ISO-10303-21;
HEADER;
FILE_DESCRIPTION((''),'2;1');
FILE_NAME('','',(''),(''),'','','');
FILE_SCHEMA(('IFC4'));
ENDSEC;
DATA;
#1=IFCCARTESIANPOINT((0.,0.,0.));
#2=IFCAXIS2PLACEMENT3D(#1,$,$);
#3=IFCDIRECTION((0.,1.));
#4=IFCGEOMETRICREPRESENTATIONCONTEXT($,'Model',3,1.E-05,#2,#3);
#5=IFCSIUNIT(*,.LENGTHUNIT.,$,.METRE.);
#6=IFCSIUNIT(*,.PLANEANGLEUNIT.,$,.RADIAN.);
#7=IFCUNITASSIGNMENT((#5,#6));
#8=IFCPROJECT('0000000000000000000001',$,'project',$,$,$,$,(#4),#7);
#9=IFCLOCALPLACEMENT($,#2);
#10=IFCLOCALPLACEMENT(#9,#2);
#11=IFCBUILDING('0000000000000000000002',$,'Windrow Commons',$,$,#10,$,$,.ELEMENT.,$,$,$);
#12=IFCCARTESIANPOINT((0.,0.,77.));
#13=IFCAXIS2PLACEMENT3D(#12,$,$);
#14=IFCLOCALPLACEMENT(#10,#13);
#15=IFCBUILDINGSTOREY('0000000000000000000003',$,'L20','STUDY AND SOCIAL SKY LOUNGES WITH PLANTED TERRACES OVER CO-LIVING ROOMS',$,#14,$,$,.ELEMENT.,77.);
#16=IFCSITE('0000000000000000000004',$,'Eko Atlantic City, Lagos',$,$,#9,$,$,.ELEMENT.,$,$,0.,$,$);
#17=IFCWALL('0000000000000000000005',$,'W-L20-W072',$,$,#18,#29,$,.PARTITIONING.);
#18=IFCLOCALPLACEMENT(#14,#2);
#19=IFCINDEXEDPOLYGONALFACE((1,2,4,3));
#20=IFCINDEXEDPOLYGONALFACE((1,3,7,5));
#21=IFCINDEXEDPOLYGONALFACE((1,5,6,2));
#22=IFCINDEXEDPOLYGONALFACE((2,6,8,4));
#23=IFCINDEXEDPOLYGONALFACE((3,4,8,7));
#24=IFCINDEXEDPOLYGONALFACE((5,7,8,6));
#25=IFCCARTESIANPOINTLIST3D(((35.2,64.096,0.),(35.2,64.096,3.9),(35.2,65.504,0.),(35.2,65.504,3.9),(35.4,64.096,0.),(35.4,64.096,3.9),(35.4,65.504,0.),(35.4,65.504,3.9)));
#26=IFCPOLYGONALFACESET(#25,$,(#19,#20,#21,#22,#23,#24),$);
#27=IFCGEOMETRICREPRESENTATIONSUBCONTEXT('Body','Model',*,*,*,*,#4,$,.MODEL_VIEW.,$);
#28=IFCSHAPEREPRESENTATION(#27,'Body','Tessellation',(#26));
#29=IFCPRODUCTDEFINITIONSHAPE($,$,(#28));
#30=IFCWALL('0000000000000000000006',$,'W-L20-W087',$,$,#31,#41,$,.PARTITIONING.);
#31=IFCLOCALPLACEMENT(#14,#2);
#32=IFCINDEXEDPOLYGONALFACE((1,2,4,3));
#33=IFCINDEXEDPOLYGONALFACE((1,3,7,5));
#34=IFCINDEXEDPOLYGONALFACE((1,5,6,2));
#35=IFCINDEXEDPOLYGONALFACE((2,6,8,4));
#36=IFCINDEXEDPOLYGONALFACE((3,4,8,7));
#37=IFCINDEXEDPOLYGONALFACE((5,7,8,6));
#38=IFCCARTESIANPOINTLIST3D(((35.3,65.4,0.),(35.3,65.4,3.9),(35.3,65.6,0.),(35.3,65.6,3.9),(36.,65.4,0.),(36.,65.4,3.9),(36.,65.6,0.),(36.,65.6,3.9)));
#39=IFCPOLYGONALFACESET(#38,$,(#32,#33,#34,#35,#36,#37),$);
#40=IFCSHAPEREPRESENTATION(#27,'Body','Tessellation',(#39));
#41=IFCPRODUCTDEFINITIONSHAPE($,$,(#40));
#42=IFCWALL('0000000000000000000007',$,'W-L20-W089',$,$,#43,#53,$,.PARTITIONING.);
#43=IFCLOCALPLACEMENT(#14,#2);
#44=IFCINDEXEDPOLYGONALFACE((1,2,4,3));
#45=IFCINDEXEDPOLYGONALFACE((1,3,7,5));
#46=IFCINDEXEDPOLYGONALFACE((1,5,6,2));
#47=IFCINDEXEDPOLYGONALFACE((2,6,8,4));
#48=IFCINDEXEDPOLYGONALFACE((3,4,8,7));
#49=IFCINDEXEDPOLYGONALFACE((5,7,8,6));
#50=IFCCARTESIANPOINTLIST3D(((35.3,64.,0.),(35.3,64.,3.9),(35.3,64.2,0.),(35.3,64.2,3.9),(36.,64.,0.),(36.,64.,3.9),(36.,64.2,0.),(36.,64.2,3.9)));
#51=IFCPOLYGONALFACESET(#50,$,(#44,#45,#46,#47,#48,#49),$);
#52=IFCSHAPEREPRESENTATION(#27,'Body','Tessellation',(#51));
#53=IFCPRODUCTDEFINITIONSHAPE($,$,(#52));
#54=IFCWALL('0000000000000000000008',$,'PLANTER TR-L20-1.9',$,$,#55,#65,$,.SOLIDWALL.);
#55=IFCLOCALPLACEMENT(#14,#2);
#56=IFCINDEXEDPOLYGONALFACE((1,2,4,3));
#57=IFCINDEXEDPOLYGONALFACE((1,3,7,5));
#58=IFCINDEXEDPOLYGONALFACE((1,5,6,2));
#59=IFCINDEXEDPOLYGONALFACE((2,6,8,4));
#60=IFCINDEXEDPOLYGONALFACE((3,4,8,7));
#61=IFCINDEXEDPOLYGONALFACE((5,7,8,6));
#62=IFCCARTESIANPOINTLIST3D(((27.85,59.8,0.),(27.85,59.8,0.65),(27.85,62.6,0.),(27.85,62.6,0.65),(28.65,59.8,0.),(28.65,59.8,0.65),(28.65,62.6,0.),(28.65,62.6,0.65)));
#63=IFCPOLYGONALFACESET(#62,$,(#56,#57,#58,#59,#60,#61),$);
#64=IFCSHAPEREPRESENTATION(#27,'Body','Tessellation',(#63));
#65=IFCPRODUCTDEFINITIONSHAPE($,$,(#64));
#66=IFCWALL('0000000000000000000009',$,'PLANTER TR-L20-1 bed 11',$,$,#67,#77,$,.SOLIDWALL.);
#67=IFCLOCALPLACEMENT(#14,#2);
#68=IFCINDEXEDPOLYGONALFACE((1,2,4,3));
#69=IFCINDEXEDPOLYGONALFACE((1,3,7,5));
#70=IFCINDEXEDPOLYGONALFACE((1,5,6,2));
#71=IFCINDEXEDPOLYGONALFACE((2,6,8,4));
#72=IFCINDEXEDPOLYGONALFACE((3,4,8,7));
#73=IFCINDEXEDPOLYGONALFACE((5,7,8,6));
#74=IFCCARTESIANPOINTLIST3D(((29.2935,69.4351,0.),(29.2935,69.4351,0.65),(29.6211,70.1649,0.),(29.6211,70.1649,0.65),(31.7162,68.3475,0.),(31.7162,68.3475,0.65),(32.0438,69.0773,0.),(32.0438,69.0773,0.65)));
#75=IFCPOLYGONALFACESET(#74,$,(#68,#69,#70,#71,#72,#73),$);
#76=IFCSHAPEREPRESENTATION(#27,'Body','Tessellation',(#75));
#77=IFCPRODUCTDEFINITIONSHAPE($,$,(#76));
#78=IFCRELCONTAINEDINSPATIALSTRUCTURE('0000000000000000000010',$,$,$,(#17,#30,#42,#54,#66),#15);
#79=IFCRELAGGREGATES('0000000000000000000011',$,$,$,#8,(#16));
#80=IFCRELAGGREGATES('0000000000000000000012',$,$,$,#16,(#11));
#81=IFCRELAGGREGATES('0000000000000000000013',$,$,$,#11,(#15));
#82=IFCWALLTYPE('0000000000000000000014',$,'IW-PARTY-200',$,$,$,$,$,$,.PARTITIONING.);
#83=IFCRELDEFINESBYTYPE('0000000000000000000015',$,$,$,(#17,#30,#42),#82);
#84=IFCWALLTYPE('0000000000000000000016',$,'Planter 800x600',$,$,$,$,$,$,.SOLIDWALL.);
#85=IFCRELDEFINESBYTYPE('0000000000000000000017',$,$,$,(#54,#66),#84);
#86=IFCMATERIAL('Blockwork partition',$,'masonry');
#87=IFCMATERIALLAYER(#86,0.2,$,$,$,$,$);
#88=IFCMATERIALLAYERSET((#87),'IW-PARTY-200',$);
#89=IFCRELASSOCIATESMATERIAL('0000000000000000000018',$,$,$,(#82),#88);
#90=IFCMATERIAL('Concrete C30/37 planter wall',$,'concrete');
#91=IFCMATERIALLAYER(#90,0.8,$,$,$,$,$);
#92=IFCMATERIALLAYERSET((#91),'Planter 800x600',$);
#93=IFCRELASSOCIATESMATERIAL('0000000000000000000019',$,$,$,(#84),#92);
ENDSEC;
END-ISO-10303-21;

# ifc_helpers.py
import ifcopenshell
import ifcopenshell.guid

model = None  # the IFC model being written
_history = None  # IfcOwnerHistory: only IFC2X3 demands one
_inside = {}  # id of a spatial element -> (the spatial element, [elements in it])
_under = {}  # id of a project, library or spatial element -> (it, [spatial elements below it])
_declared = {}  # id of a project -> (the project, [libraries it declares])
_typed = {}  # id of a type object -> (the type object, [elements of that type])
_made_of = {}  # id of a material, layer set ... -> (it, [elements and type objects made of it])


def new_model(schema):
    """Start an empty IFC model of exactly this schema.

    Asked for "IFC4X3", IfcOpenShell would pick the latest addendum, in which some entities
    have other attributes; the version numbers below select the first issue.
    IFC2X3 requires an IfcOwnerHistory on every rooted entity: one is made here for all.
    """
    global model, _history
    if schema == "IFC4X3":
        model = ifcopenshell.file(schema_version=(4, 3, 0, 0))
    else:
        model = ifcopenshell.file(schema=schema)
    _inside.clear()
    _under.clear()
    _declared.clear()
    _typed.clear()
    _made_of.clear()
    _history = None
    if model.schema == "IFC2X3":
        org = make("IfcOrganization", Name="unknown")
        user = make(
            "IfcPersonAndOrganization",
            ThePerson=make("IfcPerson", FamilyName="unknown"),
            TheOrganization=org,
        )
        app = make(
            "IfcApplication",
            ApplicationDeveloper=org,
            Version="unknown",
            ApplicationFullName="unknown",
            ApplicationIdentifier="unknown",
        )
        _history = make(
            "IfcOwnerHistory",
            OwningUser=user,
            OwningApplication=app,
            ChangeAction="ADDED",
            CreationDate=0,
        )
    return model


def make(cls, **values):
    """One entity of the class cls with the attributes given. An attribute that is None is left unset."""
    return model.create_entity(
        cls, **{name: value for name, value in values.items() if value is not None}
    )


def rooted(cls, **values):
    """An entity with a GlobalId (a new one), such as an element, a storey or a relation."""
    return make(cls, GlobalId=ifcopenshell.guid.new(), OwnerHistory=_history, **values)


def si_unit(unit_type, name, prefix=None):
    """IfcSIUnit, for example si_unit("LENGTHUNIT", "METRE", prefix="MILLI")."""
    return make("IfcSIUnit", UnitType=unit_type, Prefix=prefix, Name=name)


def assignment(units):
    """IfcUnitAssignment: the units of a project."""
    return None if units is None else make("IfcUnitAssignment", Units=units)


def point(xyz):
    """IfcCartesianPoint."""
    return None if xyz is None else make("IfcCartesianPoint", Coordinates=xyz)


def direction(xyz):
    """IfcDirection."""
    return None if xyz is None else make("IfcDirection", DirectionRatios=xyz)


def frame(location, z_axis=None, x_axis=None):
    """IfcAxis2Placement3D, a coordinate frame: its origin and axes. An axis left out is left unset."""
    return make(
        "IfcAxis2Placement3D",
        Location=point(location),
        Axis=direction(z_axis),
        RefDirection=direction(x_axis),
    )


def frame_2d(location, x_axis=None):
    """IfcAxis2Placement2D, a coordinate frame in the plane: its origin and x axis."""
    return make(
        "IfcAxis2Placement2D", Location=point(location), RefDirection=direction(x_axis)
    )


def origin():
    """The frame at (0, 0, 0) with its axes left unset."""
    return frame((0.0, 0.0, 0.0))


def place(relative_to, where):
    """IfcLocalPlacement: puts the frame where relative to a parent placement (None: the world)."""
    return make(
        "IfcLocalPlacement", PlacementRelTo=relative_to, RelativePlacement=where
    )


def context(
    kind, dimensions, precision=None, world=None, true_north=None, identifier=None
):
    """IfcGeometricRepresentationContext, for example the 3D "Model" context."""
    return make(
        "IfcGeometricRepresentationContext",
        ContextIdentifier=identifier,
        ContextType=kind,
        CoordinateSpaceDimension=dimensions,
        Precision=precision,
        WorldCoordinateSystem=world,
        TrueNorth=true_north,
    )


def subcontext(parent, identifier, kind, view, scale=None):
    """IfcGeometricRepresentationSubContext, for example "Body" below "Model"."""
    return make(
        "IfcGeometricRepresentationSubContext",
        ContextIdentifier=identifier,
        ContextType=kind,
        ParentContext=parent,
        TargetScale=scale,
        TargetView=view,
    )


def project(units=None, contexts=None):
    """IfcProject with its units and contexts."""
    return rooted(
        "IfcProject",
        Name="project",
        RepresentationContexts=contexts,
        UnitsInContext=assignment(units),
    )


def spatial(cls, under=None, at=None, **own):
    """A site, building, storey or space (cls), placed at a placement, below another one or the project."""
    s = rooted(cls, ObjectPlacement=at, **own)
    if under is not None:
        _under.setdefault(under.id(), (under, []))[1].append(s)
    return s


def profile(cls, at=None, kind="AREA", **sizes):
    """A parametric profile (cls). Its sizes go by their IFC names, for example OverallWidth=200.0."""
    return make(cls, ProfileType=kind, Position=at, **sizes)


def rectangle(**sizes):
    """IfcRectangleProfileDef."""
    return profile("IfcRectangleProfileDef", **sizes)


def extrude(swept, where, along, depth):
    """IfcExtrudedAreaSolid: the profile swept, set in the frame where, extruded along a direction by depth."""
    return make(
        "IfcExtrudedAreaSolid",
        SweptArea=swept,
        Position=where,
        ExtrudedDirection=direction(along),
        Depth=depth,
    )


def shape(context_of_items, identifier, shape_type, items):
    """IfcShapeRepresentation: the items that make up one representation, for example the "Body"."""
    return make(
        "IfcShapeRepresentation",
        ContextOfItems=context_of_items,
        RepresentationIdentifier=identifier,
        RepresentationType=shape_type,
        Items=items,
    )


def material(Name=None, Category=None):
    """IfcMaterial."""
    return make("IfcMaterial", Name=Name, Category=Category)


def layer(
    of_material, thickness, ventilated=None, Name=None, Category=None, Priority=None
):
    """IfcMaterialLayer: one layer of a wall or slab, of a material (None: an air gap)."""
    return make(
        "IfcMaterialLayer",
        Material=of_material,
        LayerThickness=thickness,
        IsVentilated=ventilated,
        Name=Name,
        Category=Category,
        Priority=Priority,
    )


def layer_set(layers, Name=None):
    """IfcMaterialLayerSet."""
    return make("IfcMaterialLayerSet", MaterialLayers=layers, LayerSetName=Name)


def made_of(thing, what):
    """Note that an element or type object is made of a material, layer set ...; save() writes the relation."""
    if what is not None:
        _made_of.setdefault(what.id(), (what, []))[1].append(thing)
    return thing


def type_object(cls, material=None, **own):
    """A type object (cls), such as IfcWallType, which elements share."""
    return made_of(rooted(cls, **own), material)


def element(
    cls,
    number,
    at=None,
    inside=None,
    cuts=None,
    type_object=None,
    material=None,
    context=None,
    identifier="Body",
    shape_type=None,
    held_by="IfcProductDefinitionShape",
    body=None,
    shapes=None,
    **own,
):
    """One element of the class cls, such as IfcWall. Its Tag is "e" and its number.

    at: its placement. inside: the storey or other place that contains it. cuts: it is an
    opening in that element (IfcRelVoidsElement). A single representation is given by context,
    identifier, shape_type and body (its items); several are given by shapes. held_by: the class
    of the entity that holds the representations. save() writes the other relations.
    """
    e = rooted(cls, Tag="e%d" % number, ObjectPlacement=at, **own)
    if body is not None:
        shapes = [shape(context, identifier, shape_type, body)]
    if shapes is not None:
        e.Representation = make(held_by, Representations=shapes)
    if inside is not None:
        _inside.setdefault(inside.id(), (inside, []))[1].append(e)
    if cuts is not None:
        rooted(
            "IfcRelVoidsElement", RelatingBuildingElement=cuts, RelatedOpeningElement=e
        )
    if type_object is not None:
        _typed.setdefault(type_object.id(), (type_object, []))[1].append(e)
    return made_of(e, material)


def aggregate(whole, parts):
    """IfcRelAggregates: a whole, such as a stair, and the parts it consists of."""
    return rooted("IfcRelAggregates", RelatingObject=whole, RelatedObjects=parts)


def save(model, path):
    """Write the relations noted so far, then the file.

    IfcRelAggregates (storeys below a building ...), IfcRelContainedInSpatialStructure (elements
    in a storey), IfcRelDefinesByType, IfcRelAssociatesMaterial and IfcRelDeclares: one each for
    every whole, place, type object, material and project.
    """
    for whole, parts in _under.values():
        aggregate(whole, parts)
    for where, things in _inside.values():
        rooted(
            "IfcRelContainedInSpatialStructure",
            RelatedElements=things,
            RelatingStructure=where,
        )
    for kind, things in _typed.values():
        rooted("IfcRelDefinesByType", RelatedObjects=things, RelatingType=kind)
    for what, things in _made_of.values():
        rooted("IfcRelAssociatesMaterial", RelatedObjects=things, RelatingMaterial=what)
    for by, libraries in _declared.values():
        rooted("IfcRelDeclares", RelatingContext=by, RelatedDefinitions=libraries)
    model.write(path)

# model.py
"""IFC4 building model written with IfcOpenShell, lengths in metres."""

from ifc_helpers import new_model, si_unit, direction, frame, frame_2d, origin, place, context, subcontext, project, spatial, rectangle, extrude, material, layer, layer_set, type_object, element, save


model = new_model("IFC4")

# Units and contexts
model_context = context("Model", 3, precision=1e-05, world=origin(), true_north=direction((0.0, 1.0)))
body_context = subcontext(model_context, "Body", "Model", "MODEL_VIEW")
ifc_project = project(units=[si_unit("LENGTHUNIT", "METRE"), si_unit("PLANEANGLEUNIT", "RADIAN")], contexts=[model_context])

# Site, building, storey
site_placement = place(None, origin())
site = spatial("IfcSite", under=ifc_project, at=site_placement, Name="Eko Atlantic City, Lagos", CompositionType="ELEMENT", RefElevation=0.0)
building_placement = place(site_placement, origin())
building = spatial("IfcBuilding", under=site, at=building_placement, Name="Windrow Commons", CompositionType="ELEMENT")
storey_placement = place(building_placement, frame((0.0, 0.0, 77.0)))
storey = spatial("IfcBuildingStorey", under=building, at=storey_placement, Name="L20", Description="STUDY AND SOCIAL SKY LOUNGES WITH PLANTED TERRACES OVER CO-LIVING ROOMS", CompositionType="ELEMENT", Elevation=77.0)

# Walls
ifc_material_1 = material(Name="Blockwork partition", Category="masonry")
ifc_layer_1 = layer(ifc_material_1, 0.2)
ifc_layer_set_1 = layer_set([ifc_layer_1], Name="IW-PARTY-200")
wall_type_1 = type_object("IfcWallType", Name="IW-PARTY-200", PredefinedType="PARTITIONING", material=ifc_layer_set_1)
wall_1_placement = place(storey_placement, frame((35.3, 64.096, 0.0), z_axis=(0.0, 0.0, 1.0), x_axis=(0.0, 1.0, 0.0)))
element("IfcWall", 1, at=wall_1_placement, inside=storey, type_object=wall_type_1, Name="W-L20-W072", PredefinedType="PARTITIONING", context=body_context, shape_type="SweptSolid", body=[
    extrude(rectangle(XDim=1.408, YDim=0.2, at=frame_2d((0.704, 0.0))), origin(), (0.0, 0.0, 1.0), 3.9),
])
for number, where, z_axis, x_axis, name in (
    (2, (35.3, 65.5, 0.0), (0.0, 0.0, 1.0), (1.0, 0.0, 0.0), "W-L20-W087"),
    (3, (35.3, 64.1, 0.0), (0.0, 0.0, 1.0), (1.0, 0.0, 0.0), "W-L20-W089"),
):
    element("IfcWall", number, at=place(storey_placement, frame(where, z_axis=z_axis, x_axis=x_axis)), inside=storey, type_object=wall_type_1, Name=name, PredefinedType="PARTITIONING", context=body_context, shape_type="SweptSolid", body=[
        extrude(rectangle(XDim=0.7, YDim=0.2, at=frame_2d((0.35, 0.0))), origin(), (0.0, 0.0, 1.0), 3.9),
    ])
ifc_material_2 = material(Name="Concrete C30/37 planter wall", Category="concrete")
ifc_layer_2 = layer(ifc_material_2, 0.8)
ifc_layer_set_2 = layer_set([ifc_layer_2], Name="Planter 800x600")
wall_type_2 = type_object("IfcWallType", Name="Planter 800x600", PredefinedType="SOLIDWALL", material=ifc_layer_set_2)
wall_2_placement = place(storey_placement, frame((28.25, 62.6, 0.0), z_axis=(0.0, 0.0, 1.0), x_axis=(0.0, -1.0, 0.0)))
element("IfcWall", 4, at=wall_2_placement, inside=storey, type_object=wall_type_2, Name="PLANTER TR-L20-1.9", PredefinedType="SOLIDWALL", context=body_context, shape_type="SweptSolid", body=[
    extrude(rectangle(XDim=2.8, YDim=0.8, at=frame_2d((1.4, 0.0))), origin(), (0.0, 0.0, 1.0), 0.65),
])
wall_3_placement = place(storey_placement, frame((31.88, 68.7124, 0.0), z_axis=(0.0, 0.0, 1.0), x_axis=(-0.91229, 0.409546, 0.0)))
element("IfcWall", 5, at=wall_3_placement, inside=storey, type_object=wall_type_2, Name="PLANTER TR-L20-1 bed 11", PredefinedType="SOLIDWALL", context=body_context, shape_type="SweptSolid", body=[
    extrude(rectangle(XDim=2.6556, YDim=0.8, at=frame_2d((1.3278, 0.0))), origin(), (0.0, 0.0, 1.0), 0.65),
])

save(model, "model.ifc")
